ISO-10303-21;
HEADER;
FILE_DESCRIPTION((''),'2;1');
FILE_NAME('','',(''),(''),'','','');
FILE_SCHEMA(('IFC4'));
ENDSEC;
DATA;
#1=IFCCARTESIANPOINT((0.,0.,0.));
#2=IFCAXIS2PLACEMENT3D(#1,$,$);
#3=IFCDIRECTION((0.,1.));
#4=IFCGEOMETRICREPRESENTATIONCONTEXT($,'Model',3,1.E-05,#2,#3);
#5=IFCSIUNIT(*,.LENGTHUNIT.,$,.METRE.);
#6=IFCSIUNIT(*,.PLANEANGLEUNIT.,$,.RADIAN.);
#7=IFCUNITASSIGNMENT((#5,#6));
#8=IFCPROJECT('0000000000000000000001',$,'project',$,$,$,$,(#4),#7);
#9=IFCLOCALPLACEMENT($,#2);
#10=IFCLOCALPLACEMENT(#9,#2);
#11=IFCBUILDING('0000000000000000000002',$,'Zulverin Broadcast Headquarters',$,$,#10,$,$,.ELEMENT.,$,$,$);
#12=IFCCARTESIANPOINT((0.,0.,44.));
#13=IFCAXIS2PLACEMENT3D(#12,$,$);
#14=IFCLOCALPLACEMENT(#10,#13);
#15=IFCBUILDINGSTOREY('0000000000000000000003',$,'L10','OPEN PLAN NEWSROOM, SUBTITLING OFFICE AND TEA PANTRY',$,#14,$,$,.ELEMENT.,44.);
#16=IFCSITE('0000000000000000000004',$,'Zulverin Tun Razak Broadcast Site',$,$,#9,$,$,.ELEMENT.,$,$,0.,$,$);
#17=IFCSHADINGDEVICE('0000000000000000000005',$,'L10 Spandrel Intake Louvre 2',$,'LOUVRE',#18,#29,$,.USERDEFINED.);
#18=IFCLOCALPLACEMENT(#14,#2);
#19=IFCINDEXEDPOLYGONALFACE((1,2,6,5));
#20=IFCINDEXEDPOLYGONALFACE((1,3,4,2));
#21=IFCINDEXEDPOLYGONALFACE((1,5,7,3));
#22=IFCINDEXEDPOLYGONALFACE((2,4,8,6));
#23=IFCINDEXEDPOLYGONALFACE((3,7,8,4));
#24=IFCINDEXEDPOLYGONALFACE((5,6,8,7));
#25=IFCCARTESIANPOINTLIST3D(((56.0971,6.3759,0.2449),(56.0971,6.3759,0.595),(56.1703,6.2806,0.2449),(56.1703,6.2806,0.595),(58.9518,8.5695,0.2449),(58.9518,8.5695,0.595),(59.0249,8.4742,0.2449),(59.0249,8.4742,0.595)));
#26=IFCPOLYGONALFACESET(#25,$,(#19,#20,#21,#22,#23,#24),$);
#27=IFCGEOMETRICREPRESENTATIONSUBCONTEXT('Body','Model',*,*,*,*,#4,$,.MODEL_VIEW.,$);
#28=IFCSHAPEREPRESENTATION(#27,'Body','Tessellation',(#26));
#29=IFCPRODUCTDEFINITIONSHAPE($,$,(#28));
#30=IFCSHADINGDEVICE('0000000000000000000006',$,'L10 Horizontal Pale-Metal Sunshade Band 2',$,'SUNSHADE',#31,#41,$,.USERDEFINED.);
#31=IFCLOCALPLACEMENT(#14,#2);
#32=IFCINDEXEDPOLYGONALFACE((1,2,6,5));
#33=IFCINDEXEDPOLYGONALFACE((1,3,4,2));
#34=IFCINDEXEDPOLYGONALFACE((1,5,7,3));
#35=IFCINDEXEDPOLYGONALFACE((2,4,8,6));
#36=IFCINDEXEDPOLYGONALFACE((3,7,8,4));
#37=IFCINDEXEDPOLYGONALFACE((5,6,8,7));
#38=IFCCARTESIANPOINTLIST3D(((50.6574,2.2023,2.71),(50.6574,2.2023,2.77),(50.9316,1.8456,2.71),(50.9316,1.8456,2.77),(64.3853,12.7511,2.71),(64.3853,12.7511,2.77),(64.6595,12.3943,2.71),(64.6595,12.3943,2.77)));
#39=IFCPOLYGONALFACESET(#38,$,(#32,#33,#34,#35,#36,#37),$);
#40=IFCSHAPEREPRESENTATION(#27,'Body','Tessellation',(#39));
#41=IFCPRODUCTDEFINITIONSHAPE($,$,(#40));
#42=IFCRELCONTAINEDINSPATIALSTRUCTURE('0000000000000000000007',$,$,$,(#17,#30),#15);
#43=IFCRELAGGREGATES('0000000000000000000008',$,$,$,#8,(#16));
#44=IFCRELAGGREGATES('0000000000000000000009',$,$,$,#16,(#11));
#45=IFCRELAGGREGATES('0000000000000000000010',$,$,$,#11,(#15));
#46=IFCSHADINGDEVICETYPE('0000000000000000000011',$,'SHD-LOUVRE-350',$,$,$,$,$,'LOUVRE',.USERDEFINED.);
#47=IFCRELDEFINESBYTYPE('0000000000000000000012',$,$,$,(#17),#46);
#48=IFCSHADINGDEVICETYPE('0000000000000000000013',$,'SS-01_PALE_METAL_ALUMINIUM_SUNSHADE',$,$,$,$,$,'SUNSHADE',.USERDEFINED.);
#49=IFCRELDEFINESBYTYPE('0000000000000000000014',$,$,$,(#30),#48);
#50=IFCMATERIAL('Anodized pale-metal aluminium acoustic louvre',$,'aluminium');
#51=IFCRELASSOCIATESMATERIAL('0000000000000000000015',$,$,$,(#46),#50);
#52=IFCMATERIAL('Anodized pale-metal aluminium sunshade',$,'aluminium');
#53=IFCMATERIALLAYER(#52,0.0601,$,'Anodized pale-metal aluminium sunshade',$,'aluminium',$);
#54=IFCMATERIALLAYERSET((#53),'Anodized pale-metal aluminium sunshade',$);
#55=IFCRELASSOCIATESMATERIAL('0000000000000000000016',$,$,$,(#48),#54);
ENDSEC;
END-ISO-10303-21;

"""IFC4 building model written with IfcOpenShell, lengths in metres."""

from ifc_helpers import new_model, si_unit, direction, frame, origin, origin_2d, place, context, subcontext, project, spatial, rectangle, extrude, material, layer, layer_set, type_object, element, save


model = new_model("IFC4")

# Units and contexts
model_context = context("Model", 3, precision=1e-05, world=origin(), true_north=direction((0.0, 1.0)))
body_context = subcontext(model_context, "Body", "Model", "MODEL_VIEW")
ifc_project = project(units=[si_unit("LENGTHUNIT", "METRE"), si_unit("PLANEANGLEUNIT", "RADIAN")], contexts=[model_context])

# Site, building, storey
site_placement = place(None, origin())
site = spatial("IfcSite", under=ifc_project, at=site_placement, Name="Zulverin Tun Razak Broadcast Site", CompositionType="ELEMENT", RefElevation=0.0)
building_placement = place(site_placement, origin())
building = spatial("IfcBuilding", under=site, at=building_placement, Name="Zulverin Broadcast Headquarters", CompositionType="ELEMENT")
storey_placement = place(building_placement, frame((0.0, 0.0, 44.0)))
storey = spatial("IfcBuildingStorey", under=building, at=storey_placement, Name="L10", Description="OPEN PLAN NEWSROOM, SUBTITLING OFFICE AND TEA PANTRY", CompositionType="ELEMENT", Elevation=44.0)

# Shading devices
ifc_material_1 = material(Name="Anodized pale-metal aluminium acoustic louvre", Category="aluminium")
shading_device_type_1 = type_object("IfcShadingDeviceType", Name="SHD-LOUVRE-350", ElementType="LOUVRE", PredefinedType="USERDEFINED", material=ifc_material_1)
shading_device_1_placement = place(storey_placement, frame((57.561, 7.425, 0.2449), z_axis=(0.0, 0.0, 1.0), x_axis=(0.792933, 0.609308, 0.0)))
element("IfcShadingDevice", 1, at=shading_device_1_placement, inside=storey, type_object=shading_device_type_1, Name="L10 Spandrel Intake Louvre 2", ObjectType="LOUVRE", PredefinedType="USERDEFINED", context=body_context, shape_type="SweptSolid", body=[
    extrude(rectangle(XDim=3.6001, YDim=0.1201, at=origin_2d()), origin(), (0.0, 0.0, 1.0), 0.3501),
])
ifc_material_2 = material(Name="Anodized pale-metal aluminium sunshade", Category="aluminium")
ifc_layer_1 = layer(ifc_material_2, 0.0601, Name="Anodized pale-metal aluminium sunshade", Category="aluminium")
ifc_layer_set_1 = layer_set([ifc_layer_1], Name="Anodized pale-metal aluminium sunshade")
shading_device_type_2 = type_object("IfcShadingDeviceType", Name="SS-01_PALE_METAL_ALUMINIUM_SUNSHADE", ElementType="SUNSHADE", PredefinedType="USERDEFINED", material=ifc_layer_set_1)
shading_device_2_placement = place(storey_placement, frame((57.6584, 7.2983, 2.71), z_axis=(0.0, 0.0, 1.0), x_axis=(0.792933, 0.609308, 0.0)))
element("IfcShadingDevice", 2, at=shading_device_2_placement, inside=storey, type_object=shading_device_type_2, Name="L10 Horizontal Pale-Metal Sunshade Band 2", ObjectType="SUNSHADE", PredefinedType="USERDEFINED", context=body_context, shape_type="SweptSolid", body=[
    extrude(rectangle(XDim=17.3127, YDim=0.45, at=origin_2d()), origin(), (0.0, 0.0, 1.0), 0.0601),
])

save(model, "model.ifc")
